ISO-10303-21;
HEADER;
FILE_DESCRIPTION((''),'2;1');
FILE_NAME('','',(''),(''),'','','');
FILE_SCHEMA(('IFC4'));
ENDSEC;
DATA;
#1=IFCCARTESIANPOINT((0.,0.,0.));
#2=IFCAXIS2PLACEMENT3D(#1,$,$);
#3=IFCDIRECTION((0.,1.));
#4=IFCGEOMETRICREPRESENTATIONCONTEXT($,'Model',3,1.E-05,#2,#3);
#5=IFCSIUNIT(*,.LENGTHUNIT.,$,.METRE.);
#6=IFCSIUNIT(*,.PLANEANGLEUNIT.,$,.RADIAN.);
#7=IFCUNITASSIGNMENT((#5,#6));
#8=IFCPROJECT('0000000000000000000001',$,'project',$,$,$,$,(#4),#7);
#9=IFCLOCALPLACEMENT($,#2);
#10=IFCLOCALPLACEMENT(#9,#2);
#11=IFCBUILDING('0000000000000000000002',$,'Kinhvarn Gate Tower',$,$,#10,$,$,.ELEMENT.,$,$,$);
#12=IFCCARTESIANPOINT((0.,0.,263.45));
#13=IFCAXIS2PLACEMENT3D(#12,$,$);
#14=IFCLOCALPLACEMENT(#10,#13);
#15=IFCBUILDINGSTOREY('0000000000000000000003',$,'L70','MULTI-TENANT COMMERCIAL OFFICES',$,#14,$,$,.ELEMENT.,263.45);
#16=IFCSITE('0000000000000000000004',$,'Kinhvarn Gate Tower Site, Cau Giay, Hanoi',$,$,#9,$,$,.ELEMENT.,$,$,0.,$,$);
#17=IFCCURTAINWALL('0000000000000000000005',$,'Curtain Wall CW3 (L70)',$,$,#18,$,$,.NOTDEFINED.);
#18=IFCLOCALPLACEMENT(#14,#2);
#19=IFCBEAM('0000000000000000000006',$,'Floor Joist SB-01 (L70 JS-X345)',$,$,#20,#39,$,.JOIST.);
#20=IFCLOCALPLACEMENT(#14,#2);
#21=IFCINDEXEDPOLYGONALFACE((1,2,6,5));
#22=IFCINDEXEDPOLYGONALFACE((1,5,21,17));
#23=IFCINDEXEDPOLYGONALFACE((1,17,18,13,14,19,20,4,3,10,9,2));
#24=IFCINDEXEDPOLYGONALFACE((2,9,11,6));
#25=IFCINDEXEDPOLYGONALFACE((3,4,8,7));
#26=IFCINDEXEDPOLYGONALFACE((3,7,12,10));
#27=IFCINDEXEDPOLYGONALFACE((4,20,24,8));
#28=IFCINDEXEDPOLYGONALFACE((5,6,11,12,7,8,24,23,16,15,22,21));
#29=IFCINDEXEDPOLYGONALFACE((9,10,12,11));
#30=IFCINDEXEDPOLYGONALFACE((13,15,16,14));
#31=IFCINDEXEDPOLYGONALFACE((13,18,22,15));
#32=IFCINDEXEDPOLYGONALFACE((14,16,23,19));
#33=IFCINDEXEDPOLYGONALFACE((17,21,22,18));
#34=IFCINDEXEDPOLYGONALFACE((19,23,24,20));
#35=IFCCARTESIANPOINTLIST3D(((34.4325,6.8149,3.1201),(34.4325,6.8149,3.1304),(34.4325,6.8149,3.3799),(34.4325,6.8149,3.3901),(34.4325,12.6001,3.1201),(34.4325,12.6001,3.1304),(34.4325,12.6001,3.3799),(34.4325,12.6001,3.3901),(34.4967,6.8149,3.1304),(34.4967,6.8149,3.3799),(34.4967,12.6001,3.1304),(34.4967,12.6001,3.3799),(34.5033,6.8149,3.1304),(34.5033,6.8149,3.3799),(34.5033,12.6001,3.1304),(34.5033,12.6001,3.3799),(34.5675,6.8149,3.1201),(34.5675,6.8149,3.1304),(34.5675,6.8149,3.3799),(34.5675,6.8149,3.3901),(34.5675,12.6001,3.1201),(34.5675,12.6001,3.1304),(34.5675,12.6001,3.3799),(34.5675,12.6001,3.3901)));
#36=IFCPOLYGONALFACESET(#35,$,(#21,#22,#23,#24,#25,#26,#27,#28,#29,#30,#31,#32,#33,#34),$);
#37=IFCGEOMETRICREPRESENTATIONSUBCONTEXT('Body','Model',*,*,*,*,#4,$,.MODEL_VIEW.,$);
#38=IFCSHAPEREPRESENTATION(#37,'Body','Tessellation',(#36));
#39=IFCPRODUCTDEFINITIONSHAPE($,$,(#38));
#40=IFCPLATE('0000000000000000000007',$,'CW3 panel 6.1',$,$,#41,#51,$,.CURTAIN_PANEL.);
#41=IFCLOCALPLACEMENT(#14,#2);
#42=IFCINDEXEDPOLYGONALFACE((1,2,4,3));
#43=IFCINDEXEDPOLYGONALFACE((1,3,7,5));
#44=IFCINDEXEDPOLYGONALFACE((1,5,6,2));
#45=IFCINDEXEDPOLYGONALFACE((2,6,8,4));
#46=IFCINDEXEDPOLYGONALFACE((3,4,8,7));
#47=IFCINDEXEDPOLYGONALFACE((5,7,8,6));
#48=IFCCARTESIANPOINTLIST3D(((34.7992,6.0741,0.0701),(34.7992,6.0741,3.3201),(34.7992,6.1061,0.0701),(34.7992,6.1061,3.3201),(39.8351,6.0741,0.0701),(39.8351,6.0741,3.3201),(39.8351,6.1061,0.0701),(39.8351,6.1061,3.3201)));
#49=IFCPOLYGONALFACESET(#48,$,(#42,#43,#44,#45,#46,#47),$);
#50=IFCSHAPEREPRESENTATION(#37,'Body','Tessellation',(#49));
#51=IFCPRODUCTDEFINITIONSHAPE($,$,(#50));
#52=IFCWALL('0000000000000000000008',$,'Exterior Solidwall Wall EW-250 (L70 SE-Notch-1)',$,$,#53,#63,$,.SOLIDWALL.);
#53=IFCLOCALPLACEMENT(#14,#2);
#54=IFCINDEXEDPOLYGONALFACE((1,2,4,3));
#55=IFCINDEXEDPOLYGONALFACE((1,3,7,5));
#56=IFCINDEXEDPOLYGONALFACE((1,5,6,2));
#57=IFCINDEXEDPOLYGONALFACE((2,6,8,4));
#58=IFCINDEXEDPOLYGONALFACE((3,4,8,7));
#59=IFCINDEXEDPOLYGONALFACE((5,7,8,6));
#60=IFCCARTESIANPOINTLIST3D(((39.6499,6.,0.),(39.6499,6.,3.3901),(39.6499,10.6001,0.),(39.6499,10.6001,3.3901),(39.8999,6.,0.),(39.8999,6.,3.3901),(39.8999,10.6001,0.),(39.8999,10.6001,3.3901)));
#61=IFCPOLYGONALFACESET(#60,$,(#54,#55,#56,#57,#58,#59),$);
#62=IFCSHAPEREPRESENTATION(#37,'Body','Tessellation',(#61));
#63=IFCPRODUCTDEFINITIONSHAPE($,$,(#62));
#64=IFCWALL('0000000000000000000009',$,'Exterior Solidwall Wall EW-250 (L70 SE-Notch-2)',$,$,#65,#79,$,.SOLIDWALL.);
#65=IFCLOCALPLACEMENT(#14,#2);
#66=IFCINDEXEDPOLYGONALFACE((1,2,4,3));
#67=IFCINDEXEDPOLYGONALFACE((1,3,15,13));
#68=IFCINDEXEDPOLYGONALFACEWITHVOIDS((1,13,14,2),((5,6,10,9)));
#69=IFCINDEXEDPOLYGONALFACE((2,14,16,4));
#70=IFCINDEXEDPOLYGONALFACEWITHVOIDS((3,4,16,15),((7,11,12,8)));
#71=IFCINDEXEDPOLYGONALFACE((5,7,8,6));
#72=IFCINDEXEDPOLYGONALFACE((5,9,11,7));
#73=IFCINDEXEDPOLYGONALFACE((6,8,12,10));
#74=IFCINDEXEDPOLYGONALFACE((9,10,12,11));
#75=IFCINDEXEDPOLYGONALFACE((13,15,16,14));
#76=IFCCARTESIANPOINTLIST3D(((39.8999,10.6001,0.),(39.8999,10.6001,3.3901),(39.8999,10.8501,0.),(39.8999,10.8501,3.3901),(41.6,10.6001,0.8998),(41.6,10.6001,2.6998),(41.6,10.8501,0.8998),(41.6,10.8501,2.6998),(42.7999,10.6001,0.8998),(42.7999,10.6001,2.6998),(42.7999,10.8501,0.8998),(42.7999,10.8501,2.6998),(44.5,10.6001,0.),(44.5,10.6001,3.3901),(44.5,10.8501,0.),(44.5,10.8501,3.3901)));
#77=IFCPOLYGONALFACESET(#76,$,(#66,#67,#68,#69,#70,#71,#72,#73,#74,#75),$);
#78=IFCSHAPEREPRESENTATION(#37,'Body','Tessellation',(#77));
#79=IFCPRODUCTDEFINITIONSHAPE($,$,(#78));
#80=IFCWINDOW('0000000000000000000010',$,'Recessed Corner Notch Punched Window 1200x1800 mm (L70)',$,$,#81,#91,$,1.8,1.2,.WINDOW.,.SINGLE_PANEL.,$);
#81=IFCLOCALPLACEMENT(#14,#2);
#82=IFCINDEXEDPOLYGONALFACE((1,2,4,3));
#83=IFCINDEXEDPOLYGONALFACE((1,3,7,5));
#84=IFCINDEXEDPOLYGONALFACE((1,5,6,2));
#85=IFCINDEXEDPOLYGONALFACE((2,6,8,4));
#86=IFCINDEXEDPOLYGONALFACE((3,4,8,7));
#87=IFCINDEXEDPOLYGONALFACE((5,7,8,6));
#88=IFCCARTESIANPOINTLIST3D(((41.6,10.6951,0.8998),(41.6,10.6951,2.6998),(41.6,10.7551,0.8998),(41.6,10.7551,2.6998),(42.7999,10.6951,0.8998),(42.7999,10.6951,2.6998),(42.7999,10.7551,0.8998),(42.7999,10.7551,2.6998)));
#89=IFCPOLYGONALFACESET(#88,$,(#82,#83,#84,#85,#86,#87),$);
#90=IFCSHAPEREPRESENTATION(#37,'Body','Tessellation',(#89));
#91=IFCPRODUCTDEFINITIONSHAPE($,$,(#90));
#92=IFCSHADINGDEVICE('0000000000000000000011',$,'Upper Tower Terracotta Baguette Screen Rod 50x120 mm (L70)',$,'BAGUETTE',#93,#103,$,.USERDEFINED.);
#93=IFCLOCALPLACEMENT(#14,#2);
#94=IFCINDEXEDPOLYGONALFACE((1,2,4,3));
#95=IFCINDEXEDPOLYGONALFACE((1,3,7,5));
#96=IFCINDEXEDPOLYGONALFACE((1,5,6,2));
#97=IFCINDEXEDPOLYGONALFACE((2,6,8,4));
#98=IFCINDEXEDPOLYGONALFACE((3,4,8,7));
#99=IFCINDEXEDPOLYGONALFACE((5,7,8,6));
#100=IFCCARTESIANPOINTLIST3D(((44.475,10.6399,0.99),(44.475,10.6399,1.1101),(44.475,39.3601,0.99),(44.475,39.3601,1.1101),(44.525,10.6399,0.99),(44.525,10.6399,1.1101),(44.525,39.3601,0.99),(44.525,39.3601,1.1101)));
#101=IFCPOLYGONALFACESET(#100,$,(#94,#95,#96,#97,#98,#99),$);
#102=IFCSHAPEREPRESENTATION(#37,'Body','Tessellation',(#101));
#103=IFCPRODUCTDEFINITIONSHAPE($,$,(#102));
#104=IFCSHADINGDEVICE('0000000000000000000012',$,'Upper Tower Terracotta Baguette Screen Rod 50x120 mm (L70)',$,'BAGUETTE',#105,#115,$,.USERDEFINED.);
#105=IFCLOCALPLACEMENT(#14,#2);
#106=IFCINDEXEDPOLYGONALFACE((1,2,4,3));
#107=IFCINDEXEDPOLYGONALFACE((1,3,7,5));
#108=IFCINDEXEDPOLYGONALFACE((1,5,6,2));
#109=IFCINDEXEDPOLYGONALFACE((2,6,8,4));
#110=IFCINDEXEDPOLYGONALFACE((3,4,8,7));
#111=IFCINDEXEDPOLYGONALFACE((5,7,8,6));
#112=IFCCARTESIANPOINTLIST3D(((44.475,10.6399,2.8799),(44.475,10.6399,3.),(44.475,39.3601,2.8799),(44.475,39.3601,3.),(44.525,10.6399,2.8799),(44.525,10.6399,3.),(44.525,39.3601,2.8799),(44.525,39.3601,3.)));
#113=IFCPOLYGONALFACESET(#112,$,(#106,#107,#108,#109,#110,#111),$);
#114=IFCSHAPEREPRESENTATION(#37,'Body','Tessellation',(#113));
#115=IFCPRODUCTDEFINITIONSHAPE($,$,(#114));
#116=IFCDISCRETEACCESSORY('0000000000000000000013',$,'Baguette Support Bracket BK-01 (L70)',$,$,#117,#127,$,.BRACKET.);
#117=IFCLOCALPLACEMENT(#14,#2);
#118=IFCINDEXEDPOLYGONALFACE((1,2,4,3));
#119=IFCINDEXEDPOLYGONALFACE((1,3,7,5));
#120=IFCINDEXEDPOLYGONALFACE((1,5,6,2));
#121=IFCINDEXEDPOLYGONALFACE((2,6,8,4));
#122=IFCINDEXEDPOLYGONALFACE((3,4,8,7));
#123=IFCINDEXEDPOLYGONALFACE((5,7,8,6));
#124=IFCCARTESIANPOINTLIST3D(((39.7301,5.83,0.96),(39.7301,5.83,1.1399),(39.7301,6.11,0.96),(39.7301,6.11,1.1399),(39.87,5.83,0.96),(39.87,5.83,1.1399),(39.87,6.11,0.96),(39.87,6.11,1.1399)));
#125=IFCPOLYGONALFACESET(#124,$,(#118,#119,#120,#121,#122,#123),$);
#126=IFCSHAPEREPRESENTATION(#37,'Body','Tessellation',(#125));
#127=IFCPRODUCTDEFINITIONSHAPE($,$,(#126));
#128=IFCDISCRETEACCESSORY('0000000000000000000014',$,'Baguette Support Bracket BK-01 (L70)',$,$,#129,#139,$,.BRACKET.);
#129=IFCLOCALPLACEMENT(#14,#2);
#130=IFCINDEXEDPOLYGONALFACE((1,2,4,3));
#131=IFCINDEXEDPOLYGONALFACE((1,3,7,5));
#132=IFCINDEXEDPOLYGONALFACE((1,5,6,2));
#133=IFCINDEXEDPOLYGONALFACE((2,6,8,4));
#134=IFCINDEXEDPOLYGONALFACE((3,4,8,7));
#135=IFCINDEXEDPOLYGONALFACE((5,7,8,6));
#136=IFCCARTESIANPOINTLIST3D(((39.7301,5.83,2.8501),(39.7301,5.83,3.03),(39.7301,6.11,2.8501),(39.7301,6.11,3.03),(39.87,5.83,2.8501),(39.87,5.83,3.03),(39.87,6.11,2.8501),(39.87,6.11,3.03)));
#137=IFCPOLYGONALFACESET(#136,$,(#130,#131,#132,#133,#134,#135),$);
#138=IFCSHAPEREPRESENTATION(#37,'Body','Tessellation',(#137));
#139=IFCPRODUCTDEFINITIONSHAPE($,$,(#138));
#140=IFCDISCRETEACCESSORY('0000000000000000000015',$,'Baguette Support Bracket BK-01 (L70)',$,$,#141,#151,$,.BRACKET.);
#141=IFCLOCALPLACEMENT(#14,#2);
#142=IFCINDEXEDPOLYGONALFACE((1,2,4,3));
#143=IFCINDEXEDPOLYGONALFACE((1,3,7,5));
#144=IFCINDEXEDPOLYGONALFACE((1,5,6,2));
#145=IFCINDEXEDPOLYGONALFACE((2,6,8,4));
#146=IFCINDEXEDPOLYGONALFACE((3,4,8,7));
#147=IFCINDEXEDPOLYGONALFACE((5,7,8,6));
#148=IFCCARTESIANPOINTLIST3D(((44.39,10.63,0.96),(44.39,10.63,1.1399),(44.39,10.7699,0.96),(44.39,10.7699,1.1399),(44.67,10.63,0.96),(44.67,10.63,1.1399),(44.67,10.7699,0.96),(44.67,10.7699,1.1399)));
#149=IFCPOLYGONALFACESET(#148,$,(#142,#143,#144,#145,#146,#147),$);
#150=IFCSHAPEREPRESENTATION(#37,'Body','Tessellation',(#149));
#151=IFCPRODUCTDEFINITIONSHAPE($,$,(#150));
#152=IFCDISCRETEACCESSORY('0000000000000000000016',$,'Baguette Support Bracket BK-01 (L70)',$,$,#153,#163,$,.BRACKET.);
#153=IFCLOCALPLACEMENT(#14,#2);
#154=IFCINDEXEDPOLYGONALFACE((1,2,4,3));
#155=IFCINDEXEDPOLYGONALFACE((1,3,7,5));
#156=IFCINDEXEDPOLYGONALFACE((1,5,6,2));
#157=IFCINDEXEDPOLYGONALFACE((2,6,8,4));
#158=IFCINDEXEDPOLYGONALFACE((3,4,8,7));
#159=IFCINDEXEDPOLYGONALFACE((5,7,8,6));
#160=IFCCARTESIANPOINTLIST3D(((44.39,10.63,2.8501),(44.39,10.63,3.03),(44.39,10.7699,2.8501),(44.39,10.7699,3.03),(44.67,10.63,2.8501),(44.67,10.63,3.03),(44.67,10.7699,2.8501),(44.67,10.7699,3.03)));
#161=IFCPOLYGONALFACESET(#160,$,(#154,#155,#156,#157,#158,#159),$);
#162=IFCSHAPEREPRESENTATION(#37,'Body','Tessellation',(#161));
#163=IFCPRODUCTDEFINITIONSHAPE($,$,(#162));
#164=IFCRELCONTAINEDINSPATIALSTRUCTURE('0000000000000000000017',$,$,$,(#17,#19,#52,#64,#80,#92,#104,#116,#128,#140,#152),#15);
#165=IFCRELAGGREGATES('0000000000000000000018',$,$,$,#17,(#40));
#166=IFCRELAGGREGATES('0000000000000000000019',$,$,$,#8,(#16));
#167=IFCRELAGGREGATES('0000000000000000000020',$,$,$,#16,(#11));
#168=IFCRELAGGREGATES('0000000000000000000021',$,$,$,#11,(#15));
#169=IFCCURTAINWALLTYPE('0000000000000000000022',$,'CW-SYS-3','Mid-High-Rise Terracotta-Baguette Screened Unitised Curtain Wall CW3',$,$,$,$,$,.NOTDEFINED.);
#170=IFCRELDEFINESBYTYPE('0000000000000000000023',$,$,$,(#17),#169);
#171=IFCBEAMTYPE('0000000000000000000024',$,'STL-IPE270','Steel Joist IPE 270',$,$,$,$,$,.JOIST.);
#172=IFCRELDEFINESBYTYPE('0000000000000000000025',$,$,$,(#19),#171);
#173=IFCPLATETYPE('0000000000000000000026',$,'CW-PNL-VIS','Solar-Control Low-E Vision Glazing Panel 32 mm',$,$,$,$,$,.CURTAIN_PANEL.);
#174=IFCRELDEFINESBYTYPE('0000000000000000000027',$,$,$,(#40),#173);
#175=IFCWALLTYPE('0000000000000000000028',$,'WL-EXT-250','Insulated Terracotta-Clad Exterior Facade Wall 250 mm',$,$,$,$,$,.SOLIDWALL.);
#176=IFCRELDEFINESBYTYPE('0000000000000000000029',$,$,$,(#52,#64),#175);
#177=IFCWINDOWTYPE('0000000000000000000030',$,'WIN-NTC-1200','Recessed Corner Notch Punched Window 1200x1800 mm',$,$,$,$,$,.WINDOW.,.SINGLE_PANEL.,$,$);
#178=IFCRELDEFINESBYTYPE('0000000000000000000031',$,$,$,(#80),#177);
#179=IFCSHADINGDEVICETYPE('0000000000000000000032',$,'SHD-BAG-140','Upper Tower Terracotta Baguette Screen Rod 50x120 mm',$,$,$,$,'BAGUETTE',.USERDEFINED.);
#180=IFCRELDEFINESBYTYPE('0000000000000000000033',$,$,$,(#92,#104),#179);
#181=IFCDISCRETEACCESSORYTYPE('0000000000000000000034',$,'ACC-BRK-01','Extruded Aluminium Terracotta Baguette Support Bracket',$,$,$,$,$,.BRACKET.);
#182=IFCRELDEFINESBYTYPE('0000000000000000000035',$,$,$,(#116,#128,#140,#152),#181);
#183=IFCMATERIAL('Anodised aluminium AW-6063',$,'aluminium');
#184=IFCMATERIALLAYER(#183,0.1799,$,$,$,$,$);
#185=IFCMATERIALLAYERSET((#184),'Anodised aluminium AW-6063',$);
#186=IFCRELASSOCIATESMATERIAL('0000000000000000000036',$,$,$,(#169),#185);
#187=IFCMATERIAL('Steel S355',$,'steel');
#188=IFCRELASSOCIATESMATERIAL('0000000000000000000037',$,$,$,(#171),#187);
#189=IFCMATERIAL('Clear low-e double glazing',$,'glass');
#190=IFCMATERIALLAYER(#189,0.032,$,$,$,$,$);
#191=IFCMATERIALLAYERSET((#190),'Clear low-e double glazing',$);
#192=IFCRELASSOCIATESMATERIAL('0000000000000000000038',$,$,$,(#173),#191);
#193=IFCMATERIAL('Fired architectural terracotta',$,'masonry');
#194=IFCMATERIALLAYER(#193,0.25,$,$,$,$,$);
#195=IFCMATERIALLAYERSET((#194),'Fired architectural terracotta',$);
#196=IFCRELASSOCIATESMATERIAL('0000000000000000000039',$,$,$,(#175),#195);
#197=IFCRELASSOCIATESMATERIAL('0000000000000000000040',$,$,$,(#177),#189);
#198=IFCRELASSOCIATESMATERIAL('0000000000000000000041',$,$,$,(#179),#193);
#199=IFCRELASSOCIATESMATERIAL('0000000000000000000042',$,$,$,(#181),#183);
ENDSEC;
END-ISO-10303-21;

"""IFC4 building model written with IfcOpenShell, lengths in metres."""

from ifc_helpers import new_model, si_unit, direction, frame, frame_2d, origin, origin_2d, place, context, subcontext, project, spatial, rectangle, i_section, extrude, material, layer, layer_set, material_profile, profile_set, type_object, element, fill, aggregate, save


model = new_model("IFC4")

# Units and contexts
model_context = context("Model", 3, precision=1e-05, world=origin(), true_north=direction((0.0, 1.0)))
body_context = subcontext(model_context, "Body", "Model", "MODEL_VIEW")
ifc_project = project(units=[si_unit("LENGTHUNIT", "METRE"), si_unit("PLANEANGLEUNIT", "RADIAN")], contexts=[model_context])

# Site, building, storey
site_placement = place(None, origin())
site = spatial("IfcSite", under=ifc_project, at=site_placement, Name="Kinhvarn Gate Tower Site, Cau Giay, Hanoi", CompositionType="ELEMENT", RefElevation=0.0)
building_placement = place(site_placement, origin())
building = spatial("IfcBuilding", under=site, at=building_placement, Name="Kinhvarn Gate Tower", CompositionType="ELEMENT")
storey_placement = place(building_placement, frame((0.0, 0.0, 263.45)))
storey = spatial("IfcBuildingStorey", under=building, at=storey_placement, Name="L70", Description="MULTI-TENANT COMMERCIAL OFFICES", CompositionType="ELEMENT", Elevation=263.45)

# Curtain wall
ifc_material_1 = material(Name="Anodised aluminium AW-6063", Category="aluminium")
ifc_layer_1 = layer(ifc_material_1, 0.1799)
ifc_layer_set_1 = layer_set([ifc_layer_1], Name="Anodised aluminium AW-6063")
curtain_wall_type = type_object("IfcCurtainWallType", Name="CW-SYS-3", Description="Mid-High-Rise Terracotta-Baguette Screened Unitised Curtain Wall CW3", PredefinedType="NOTDEFINED", material=ifc_layer_set_1)
curtain_wall_1_placement = place(storey_placement, origin())
curtain_wall_1 = element("IfcCurtainWall", 1, at=curtain_wall_1_placement, inside=storey, type_object=curtain_wall_type, Name="Curtain Wall CW3 (L70)", PredefinedType="NOTDEFINED")

# Beam
ifc_material_2 = material(Name="Steel S355", Category="steel")
ifc_material_profile_1 = material_profile(ifc_material_2, i_section(OverallWidth=0.135, OverallDepth=0.27, WebThickness=0.0066, FlangeThickness=0.0103, at=origin_2d()), Name="IPE 270")
ifc_profile_set_1 = profile_set([ifc_material_profile_1], Name="Steel S355")
beam_type_1 = type_object("IfcBeamType", Name="STL-IPE270", Description="Steel Joist IPE 270", PredefinedType="JOIST", material=ifc_profile_set_1)
beam_1_placement = place(storey_placement, frame((34.5, 6.8149, 3.2551), z_axis=(0.0, 1.0, 0.0), x_axis=(-1.0, 0.0, 0.0)))
element("IfcBeam", 2, at=beam_1_placement, inside=storey, type_object=beam_type_1, Name="Floor Joist SB-01 (L70 JS-X345)", PredefinedType="JOIST", context=body_context, shape_type="SweptSolid", body=[
    extrude(i_section(OverallWidth=0.135, OverallDepth=0.27, WebThickness=0.0066, FlangeThickness=0.0103, at=origin_2d()), origin(), (0.0, 0.0, 1.0), 5.7852),
])

# Plate
ifc_material_3 = material(Name="Clear low-e double glazing", Category="glass")
ifc_layer_2 = layer(ifc_material_3, 0.032)
ifc_layer_set_2 = layer_set([ifc_layer_2], Name="Clear low-e double glazing")
plate_type = type_object("IfcPlateType", Name="CW-PNL-VIS", Description="Solar-Control Low-E Vision Glazing Panel 32 mm", PredefinedType="CURTAIN_PANEL", material=ifc_layer_set_2)
plate_placement = place(storey_placement, frame((37.3171, 6.0901, 0.0701), z_axis=(0.0, 0.0, 1.0), x_axis=(1.0, 0.0, 0.0)))
plate = element("IfcPlate", 3, at=plate_placement, type_object=plate_type, Name="CW3 panel 6.1", PredefinedType="CURTAIN_PANEL", context=body_context, shape_type="SweptSolid", body=[
    extrude(rectangle(XDim=5.0359, YDim=0.032, at=origin_2d()), origin(), (0.0, 0.0, 1.0), 3.25),
])
aggregate(curtain_wall_1, [plate])

# Wall
ifc_material_4 = material(Name="Fired architectural terracotta", Category="masonry")
ifc_layer_3 = layer(ifc_material_4, 0.25)
ifc_layer_set_3 = layer_set([ifc_layer_3], Name="Fired architectural terracotta")
wall_type = type_object("IfcWallType", Name="WL-EXT-250", Description="Insulated Terracotta-Clad Exterior Facade Wall 250 mm", PredefinedType="SOLIDWALL", material=ifc_layer_set_3)
wall_1_placement = place(storey_placement, frame((39.7749, 6.0, 0.0), z_axis=(0.0, 0.0, 1.0), x_axis=(0.0, 1.0, 0.0)))
element("IfcWall", 4, at=wall_1_placement, inside=storey, type_object=wall_type, Name="Exterior Solidwall Wall EW-250 (L70 SE-Notch-1)", PredefinedType="SOLIDWALL", context=body_context, shape_type="SweptSolid", body=[
    extrude(rectangle(XDim=4.6001, YDim=0.25, at=frame_2d((2.3, 0.0))), origin(), (0.0, 0.0, 1.0), 3.3901),
])

# Wall, opening, window
wall_2_placement = place(storey_placement, frame((39.8999, 10.7251, 0.0), z_axis=(0.0, 0.0, 1.0), x_axis=(1.0, 0.0, 0.0)))
wall_2 = element("IfcWall", 5, at=wall_2_placement, inside=storey, type_object=wall_type, Name="Exterior Solidwall Wall EW-250 (L70 SE-Notch-2)", PredefinedType="SOLIDWALL", context=body_context, shape_type="SweptSolid", body=[
    extrude(rectangle(XDim=4.6001, YDim=0.25, at=frame_2d((2.3, 0.0))), origin(), (0.0, 0.0, 1.0), 3.3901),
])
opening_placement = place(wall_2_placement, frame((1.7, 0.0, 0.8999)))
opening = element("IfcOpeningElement", 6, at=opening_placement, cuts=wall_2, PredefinedType="OPENING", context=body_context, shape_type="SweptSolid", body=[
    extrude(rectangle(XDim=1.2, YDim=1.8, at=frame_2d((0.6001, 0.8999))), frame((0.0, 0.135, 0.0), z_axis=(0.0, -1.0, 0.0), x_axis=(1.0, 0.0, 0.0)), (0.0, 0.0, 1.0), 0.27),
])
window_type = type_object("IfcWindowType", Name="WIN-NTC-1200", Description="Recessed Corner Notch Punched Window 1200x1800 mm", PartitioningType="SINGLE_PANEL", PredefinedType="WINDOW", material=ifc_material_3)
window_placement = place(opening_placement, origin())
window = element("IfcWindow", 7, at=window_placement, inside=storey, type_object=window_type, Name="Recessed Corner Notch Punched Window 1200x1800 mm (L70)", OverallHeight=1.8, OverallWidth=1.2, PartitioningType="SINGLE_PANEL", PredefinedType="WINDOW", context=body_context, shape_type="SweptSolid", body=[
    extrude(rectangle(XDim=1.2, YDim=1.8, at=frame_2d((0.6001, 0.8999))), frame((0.0, 0.03, 0.0), z_axis=(0.0, -1.0, 0.0), x_axis=(1.0, 0.0, 0.0)), (0.0, 0.0, 1.0), 0.0601),
])
fill(opening, window)

# Shading devices
ifc_material_profile_2 = material_profile(ifc_material_4, rectangle(XDim=0.05, YDim=0.1201, at=origin_2d()), Name="TC 50x120")
ifc_profile_set_2 = profile_set([ifc_material_profile_2], Name="Fired architectural terracotta")
shading_device_type = type_object("IfcShadingDeviceType", Name="SHD-BAG-140", Description="Upper Tower Terracotta Baguette Screen Rod 50x120 mm", ElementType="BAGUETTE", PredefinedType="USERDEFINED", material=ifc_profile_set_2)
for number, where, z_axis, x_axis, name in (
    (8, (44.5, 10.6399, 1.05), (0.0, 1.0, 0.0), (-1.0, 0.0, 0.0), "Upper Tower Terracotta Baguette Screen Rod 50x120 mm (L70)"),
    (9, (44.5, 10.6399, 2.9399), (0.0, 1.0, 0.0), (-1.0, 0.0, 0.0), "Upper Tower Terracotta Baguette Screen Rod 50x120 mm (L70)"),
):
    element("IfcShadingDevice", number, at=place(storey_placement, frame(where, z_axis=z_axis, x_axis=x_axis)), inside=storey, type_object=shading_device_type, Name=name, ObjectType="BAGUETTE", PredefinedType="USERDEFINED", context=body_context, shape_type="SweptSolid", body=[
        extrude(rectangle(XDim=0.05, YDim=0.1201, at=origin_2d()), origin(), (0.0, 0.0, 1.0), 28.7202),
    ])

# Discrete accessories
discrete_accessory_type = type_object("IfcDiscreteAccessoryType", Name="ACC-BRK-01", Description="Extruded Aluminium Terracotta Baguette Support Bracket", PredefinedType="BRACKET", material=ifc_material_1)
for number, where, z_axis, x_axis, name in (
    (10, (39.8, 5.97, 0.96), (0.0, 0.0, 1.0), (1.0, 0.0, 0.0), "Baguette Support Bracket BK-01 (L70)"),
    (11, (39.8, 5.97, 2.8501), (0.0, 0.0, 1.0), (1.0, 0.0, 0.0), "Baguette Support Bracket BK-01 (L70)"),
    (12, (44.53, 10.7, 0.96), (0.0, 0.0, 1.0), (0.0, 1.0, 0.0), "Baguette Support Bracket BK-01 (L70)"),
    (13, (44.53, 10.7, 2.8501), (0.0, 0.0, 1.0), (0.0, 1.0, 0.0), "Baguette Support Bracket BK-01 (L70)"),
):
    element("IfcDiscreteAccessory", number, at=place(storey_placement, frame(where, z_axis=z_axis, x_axis=x_axis)), inside=storey, type_object=discrete_accessory_type, Name=name, PredefinedType="BRACKET", context=body_context, shape_type="SweptSolid", body=[
        extrude(rectangle(XDim=0.1399, YDim=0.28, at=origin_2d()), origin(), (0.0, 0.0, 1.0), 0.1799),
    ])

save(model, "model.ifc")
